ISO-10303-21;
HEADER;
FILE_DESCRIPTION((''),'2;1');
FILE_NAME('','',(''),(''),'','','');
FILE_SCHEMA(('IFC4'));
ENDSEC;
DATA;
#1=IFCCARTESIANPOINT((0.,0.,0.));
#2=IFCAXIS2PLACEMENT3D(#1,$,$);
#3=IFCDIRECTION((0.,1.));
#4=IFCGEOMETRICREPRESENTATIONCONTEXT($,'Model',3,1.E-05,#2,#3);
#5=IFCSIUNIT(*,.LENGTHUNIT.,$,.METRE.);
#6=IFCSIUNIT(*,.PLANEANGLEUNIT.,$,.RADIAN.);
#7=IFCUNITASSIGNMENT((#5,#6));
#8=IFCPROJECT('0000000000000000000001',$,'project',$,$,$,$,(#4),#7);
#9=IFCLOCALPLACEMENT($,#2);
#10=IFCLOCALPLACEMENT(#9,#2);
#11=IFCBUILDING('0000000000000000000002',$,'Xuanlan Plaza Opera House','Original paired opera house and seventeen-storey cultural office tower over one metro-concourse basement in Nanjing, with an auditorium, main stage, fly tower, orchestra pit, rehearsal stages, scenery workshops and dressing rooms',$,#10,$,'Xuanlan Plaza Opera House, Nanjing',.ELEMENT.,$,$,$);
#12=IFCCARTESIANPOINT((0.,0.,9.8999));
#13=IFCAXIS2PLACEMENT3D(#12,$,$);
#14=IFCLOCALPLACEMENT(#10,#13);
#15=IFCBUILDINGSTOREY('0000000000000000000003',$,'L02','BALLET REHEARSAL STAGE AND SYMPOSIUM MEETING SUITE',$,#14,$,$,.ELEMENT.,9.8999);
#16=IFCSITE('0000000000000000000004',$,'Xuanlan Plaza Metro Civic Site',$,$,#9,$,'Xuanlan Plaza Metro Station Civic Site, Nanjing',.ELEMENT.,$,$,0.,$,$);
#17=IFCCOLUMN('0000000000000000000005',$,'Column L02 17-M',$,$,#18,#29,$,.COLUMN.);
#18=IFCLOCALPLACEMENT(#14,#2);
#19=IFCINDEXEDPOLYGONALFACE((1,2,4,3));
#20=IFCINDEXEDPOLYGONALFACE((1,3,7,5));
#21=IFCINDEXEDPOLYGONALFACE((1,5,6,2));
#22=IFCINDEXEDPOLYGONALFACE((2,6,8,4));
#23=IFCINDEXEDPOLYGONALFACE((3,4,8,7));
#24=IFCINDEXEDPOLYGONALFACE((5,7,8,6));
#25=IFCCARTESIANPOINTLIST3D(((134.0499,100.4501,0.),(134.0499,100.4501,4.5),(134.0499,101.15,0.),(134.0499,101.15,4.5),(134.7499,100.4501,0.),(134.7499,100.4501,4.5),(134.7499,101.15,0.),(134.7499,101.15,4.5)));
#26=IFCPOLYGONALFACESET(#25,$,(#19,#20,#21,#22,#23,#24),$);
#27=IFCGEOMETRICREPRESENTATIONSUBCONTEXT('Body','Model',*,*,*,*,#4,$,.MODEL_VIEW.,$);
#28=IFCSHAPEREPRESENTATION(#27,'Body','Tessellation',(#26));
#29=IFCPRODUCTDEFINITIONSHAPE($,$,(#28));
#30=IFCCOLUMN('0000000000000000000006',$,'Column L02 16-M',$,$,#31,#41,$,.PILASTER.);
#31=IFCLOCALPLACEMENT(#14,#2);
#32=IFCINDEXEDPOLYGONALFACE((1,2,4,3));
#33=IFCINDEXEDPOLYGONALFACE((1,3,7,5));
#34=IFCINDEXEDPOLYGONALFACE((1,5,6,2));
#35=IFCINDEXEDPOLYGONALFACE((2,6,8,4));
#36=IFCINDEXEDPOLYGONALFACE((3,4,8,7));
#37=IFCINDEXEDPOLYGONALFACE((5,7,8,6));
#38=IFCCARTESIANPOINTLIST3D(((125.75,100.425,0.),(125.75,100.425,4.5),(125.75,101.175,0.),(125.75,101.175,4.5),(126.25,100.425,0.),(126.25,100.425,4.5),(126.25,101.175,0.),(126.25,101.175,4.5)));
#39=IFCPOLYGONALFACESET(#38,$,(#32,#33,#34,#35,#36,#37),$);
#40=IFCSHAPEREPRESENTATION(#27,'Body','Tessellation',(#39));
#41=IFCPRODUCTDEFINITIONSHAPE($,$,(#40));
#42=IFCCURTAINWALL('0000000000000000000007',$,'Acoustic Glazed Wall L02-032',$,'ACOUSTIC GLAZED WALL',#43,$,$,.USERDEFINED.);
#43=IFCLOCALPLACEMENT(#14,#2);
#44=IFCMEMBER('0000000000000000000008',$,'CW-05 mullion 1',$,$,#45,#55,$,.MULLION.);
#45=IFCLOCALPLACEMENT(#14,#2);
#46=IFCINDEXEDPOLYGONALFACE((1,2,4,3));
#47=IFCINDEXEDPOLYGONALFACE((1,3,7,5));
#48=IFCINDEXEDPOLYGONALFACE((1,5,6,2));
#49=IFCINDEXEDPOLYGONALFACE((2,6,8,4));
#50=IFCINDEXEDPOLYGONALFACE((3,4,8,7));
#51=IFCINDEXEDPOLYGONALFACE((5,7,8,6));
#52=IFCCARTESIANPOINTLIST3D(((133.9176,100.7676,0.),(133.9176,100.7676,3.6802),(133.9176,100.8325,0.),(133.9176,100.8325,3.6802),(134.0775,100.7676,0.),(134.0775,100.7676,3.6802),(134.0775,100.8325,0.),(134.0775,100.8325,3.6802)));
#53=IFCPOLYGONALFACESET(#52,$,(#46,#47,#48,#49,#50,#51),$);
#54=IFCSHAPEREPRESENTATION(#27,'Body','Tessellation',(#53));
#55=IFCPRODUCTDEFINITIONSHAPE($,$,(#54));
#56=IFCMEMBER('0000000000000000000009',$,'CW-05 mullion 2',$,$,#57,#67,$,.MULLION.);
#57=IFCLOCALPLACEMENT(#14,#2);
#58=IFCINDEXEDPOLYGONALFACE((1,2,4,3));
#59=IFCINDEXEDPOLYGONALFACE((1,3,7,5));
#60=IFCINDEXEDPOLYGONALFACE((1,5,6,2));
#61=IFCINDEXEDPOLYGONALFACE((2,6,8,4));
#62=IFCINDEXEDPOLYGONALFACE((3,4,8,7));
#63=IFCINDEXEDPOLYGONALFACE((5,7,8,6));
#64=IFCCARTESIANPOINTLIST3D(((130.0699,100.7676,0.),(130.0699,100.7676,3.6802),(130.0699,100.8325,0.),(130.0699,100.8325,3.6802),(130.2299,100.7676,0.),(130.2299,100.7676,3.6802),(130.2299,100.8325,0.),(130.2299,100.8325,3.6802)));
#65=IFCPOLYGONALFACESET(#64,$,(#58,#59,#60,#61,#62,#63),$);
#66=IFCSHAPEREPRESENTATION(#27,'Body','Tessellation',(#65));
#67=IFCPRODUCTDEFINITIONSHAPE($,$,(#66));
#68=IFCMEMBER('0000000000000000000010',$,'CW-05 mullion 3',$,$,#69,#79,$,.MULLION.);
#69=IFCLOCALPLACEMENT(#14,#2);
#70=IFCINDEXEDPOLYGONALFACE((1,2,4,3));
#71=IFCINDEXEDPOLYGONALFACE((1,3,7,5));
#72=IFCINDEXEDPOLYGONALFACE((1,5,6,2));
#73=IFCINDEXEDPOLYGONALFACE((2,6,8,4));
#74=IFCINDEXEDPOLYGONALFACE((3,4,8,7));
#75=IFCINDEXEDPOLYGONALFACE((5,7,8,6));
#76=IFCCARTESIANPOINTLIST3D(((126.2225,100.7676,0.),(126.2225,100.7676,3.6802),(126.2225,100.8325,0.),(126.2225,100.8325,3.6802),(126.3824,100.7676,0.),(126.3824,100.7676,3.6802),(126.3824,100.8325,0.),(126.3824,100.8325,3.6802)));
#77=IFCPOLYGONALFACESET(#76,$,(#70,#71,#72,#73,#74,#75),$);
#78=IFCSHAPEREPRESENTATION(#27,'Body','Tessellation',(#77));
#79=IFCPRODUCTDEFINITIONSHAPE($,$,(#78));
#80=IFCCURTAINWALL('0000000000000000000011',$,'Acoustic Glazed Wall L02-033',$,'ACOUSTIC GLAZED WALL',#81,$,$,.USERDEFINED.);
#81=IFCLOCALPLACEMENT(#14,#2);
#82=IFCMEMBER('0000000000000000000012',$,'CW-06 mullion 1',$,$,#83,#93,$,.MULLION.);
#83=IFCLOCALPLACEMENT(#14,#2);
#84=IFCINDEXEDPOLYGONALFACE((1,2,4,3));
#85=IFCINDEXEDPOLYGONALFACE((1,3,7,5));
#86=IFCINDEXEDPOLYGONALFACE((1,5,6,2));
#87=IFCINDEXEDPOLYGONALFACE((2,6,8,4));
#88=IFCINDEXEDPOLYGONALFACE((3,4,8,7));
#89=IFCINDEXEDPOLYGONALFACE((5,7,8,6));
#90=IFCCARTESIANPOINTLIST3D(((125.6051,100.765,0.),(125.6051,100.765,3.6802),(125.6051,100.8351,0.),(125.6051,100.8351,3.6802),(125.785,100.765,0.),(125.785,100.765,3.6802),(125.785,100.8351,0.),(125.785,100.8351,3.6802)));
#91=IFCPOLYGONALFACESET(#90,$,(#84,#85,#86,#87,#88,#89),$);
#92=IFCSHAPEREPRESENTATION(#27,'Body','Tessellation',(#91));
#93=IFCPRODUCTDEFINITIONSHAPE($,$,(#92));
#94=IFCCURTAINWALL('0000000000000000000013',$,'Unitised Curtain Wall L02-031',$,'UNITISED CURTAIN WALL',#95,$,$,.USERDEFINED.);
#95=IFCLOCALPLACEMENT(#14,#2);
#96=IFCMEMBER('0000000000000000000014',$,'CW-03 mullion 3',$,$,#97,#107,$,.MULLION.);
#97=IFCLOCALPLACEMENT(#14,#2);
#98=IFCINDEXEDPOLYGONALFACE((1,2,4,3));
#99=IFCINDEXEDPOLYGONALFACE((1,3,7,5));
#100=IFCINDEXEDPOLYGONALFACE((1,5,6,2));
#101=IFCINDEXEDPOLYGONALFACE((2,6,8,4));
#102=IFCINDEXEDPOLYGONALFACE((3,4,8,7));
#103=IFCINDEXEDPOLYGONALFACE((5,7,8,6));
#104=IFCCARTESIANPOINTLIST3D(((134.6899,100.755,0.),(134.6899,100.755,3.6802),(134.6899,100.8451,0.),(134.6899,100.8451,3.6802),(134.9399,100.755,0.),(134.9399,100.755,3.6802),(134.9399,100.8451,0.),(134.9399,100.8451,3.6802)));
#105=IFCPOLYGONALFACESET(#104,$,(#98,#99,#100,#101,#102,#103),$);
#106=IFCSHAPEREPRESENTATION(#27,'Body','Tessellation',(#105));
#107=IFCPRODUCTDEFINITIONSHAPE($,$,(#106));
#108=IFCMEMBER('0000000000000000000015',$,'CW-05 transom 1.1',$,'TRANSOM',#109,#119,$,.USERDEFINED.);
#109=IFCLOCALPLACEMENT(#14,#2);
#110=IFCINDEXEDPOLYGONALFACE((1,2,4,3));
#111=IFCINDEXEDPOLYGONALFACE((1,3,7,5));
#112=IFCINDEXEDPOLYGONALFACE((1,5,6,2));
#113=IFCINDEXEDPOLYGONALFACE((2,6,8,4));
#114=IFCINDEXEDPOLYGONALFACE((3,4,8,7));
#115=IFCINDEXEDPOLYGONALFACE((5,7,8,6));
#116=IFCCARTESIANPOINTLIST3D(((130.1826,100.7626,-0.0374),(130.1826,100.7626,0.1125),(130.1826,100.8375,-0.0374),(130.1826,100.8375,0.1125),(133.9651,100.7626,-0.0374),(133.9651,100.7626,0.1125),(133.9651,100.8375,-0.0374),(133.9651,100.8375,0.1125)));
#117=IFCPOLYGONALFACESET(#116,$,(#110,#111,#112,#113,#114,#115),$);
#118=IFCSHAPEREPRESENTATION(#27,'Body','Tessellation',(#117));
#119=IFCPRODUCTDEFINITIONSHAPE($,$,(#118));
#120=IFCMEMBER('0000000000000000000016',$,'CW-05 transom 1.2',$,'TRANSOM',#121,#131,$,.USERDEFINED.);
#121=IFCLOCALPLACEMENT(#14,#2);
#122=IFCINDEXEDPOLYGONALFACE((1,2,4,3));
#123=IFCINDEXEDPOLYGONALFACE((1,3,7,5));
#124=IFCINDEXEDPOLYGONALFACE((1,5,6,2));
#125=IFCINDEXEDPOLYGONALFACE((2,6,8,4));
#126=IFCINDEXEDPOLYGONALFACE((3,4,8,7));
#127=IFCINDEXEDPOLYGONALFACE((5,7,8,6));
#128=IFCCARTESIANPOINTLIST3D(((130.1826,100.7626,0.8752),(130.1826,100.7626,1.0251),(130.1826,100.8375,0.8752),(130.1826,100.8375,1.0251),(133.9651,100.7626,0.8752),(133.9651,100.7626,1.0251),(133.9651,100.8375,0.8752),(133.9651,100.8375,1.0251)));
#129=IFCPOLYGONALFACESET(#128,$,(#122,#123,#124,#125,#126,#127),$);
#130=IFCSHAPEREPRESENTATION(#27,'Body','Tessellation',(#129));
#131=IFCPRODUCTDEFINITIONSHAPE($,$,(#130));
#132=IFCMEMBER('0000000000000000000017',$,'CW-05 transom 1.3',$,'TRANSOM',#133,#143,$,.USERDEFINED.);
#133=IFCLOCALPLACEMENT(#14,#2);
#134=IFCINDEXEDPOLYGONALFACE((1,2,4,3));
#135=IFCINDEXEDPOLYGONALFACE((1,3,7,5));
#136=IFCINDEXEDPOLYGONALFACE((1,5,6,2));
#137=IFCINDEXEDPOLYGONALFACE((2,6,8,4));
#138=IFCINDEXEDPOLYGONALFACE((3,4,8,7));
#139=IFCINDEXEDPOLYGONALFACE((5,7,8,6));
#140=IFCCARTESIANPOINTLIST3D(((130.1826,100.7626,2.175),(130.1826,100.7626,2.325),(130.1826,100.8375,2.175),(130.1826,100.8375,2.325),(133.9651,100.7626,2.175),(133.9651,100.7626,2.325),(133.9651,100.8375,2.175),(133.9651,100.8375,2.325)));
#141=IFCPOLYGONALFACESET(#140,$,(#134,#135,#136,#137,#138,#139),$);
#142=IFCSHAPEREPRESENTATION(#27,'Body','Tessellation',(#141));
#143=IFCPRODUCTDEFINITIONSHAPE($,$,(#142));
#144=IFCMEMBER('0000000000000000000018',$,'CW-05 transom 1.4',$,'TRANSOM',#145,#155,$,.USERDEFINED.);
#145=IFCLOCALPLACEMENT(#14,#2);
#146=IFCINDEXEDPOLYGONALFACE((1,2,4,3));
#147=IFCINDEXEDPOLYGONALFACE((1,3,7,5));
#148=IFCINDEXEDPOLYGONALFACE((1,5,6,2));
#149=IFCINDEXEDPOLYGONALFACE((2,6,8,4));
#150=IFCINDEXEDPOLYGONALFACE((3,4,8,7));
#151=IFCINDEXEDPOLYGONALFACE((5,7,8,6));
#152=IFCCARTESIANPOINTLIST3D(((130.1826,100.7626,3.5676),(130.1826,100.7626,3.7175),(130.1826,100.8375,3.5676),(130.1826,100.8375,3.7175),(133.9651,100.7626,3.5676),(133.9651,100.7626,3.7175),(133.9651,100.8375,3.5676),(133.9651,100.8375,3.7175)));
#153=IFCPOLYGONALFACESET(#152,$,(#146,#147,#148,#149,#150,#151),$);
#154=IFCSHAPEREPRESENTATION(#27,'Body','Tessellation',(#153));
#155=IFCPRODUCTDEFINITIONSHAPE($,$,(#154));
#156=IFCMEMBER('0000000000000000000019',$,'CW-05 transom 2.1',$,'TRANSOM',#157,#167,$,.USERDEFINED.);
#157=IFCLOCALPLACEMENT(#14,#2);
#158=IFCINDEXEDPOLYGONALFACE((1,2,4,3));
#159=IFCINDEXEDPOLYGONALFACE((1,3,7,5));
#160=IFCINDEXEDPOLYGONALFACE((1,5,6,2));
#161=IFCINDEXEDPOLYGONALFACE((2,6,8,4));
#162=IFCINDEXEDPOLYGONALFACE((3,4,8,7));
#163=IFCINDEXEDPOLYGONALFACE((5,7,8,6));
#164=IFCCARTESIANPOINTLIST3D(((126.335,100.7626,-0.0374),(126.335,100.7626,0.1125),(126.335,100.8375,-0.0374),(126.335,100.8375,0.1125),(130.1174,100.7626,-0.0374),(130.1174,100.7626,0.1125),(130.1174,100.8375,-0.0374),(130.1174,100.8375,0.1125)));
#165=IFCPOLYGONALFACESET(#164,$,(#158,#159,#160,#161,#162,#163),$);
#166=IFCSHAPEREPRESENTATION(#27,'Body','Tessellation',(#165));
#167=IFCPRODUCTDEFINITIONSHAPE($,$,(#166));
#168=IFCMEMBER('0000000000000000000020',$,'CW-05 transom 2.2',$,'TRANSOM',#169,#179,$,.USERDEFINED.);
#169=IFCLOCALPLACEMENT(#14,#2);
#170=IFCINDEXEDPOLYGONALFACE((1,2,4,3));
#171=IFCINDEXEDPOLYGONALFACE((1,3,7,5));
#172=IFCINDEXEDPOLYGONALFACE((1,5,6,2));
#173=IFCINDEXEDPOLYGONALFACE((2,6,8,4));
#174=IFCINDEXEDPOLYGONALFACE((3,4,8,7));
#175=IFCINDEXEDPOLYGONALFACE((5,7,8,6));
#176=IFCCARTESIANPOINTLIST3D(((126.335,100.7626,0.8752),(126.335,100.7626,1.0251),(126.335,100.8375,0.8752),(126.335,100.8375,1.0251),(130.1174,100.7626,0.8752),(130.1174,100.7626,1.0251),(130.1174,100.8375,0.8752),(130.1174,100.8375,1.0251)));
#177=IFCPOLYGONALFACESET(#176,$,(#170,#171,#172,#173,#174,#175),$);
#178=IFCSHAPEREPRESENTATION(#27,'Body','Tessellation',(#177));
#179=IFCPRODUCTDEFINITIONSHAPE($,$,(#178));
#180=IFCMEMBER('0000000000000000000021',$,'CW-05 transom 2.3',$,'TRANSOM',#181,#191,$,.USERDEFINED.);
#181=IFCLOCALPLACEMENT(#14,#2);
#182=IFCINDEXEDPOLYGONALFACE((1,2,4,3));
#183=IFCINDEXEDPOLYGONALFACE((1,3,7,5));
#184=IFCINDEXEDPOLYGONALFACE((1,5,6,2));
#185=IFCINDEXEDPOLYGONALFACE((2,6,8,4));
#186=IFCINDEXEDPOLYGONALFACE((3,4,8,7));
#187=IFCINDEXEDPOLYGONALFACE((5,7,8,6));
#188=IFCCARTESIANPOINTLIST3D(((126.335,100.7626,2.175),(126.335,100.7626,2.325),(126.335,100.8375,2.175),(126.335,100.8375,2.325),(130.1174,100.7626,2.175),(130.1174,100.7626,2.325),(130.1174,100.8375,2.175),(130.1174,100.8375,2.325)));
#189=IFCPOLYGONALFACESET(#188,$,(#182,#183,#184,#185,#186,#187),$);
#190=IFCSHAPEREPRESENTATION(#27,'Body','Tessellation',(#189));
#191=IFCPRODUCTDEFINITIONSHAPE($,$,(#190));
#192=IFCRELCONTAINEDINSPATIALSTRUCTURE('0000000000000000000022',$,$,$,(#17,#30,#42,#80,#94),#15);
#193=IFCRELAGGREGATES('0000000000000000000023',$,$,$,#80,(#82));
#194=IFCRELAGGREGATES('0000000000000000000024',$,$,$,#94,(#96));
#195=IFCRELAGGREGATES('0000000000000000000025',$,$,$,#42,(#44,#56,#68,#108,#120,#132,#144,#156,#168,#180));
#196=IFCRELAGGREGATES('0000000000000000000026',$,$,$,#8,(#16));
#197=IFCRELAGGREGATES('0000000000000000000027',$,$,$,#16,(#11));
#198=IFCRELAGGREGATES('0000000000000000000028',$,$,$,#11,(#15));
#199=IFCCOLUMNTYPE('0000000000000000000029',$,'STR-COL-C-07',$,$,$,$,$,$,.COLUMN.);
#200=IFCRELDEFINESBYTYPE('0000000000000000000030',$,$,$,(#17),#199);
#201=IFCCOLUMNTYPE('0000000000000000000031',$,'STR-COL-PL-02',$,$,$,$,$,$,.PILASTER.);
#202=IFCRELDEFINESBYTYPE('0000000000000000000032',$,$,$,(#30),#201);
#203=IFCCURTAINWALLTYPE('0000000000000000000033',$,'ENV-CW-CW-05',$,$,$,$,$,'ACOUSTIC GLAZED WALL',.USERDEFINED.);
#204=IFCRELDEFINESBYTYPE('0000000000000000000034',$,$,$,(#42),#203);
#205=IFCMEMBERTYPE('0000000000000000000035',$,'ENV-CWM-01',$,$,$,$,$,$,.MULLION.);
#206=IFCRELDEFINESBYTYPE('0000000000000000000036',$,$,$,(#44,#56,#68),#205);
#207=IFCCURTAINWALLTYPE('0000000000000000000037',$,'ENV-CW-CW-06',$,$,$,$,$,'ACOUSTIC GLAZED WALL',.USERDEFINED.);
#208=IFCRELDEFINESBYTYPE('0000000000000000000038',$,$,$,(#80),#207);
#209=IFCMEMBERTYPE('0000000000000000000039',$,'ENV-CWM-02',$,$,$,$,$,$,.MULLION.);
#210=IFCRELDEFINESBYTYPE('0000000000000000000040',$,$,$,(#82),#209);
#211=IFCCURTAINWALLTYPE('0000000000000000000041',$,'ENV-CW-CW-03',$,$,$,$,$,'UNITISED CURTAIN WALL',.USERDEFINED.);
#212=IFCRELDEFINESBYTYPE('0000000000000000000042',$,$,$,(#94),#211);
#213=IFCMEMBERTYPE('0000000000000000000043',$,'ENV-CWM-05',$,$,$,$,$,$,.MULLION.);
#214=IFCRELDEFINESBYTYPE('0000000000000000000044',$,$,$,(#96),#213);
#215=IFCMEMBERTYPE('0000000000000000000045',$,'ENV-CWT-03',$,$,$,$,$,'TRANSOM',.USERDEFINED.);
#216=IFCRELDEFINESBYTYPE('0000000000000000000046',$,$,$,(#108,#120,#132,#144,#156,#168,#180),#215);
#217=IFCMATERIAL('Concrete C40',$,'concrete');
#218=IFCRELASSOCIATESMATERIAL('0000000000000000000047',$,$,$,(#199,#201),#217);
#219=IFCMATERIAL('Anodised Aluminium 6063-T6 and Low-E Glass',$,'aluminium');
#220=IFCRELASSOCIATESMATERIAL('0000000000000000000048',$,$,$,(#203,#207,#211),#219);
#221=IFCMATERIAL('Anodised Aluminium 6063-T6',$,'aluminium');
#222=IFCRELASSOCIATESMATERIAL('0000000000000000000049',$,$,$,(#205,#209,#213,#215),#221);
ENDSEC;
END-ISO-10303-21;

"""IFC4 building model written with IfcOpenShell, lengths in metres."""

from ifc_helpers import new_model, si_unit, direction, frame, origin, origin_2d, place, context, subcontext, project, spatial, rectangle, extrude, material, material_profile, profile_set, type_object, element, aggregate, save


model = new_model("IFC4")

# Units and contexts
model_context = context("Model", 3, precision=1e-05, world=origin(), true_north=direction((0.0, 1.0)))
body_context = subcontext(model_context, "Body", "Model", "MODEL_VIEW")
ifc_project = project(units=[si_unit("LENGTHUNIT", "METRE"), si_unit("PLANEANGLEUNIT", "RADIAN")], contexts=[model_context])

# Site, building, storey
site_placement = place(None, origin())
site = spatial("IfcSite", under=ifc_project, at=site_placement, Name="Xuanlan Plaza Metro Civic Site", LongName="Xuanlan Plaza Metro Station Civic Site, Nanjing", CompositionType="ELEMENT", RefElevation=0.0)
building_placement = place(site_placement, origin())
building = spatial("IfcBuilding", under=site, at=building_placement, Name="Xuanlan Plaza Opera House", Description="Original paired opera house and seventeen-storey cultural office tower over one metro-concourse basement in Nanjing, with an auditorium, main stage, fly tower, orchestra pit, rehearsal stages, scenery workshops and dressing rooms", LongName="Xuanlan Plaza Opera House, Nanjing", CompositionType="ELEMENT")
storey_placement = place(building_placement, frame((0.0, 0.0, 9.8999)))
storey = spatial("IfcBuildingStorey", under=building, at=storey_placement, Name="L02", Description="BALLET REHEARSAL STAGE AND SYMPOSIUM MEETING SUITE", CompositionType="ELEMENT", Elevation=9.8999)

# Columns
ifc_material_1 = material(Name="Concrete C40", Category="concrete")
ifc_material_profile_1 = material_profile(ifc_material_1, rectangle(XDim=0.7, YDim=0.7, at=origin_2d()), Name="RC-COL 700x700")
ifc_profile_set_1 = profile_set([ifc_material_profile_1], Name="Concrete C40")
column_type_1 = type_object("IfcColumnType", Name="STR-COL-C-07", PredefinedType="COLUMN", material=ifc_profile_set_1)
column_1_placement = place(storey_placement, frame((134.3999, 100.8, 0.0), z_axis=(0.0, 0.0, 1.0), x_axis=(1.0, 0.0, 0.0)))
element("IfcColumn", 1, at=column_1_placement, inside=storey, type_object=column_type_1, Name="Column L02 17-M", PredefinedType="COLUMN", context=body_context, shape_type="SweptSolid", body=[
    extrude(rectangle(XDim=0.7, YDim=0.7, at=origin_2d()), origin(), (0.0, 0.0, 1.0), 4.5),
])
ifc_material_profile_2 = material_profile(ifc_material_1, rectangle(XDim=0.5, YDim=0.75, at=origin_2d()), Name="RC-PIL 500x750")
ifc_profile_set_2 = profile_set([ifc_material_profile_2], Name="Concrete C40")
column_type_2 = type_object("IfcColumnType", Name="STR-COL-PL-02", PredefinedType="PILASTER", material=ifc_profile_set_2)
column_2_placement = place(storey_placement, frame((126.0, 100.8, 0.0), z_axis=(0.0, 0.0, 1.0), x_axis=(1.0, 0.0, 0.0)))
element("IfcColumn", 2, at=column_2_placement, inside=storey, type_object=column_type_2, Name="Column L02 16-M", PredefinedType="PILASTER", context=body_context, shape_type="SweptSolid", body=[
    extrude(rectangle(XDim=0.5, YDim=0.75, at=origin_2d()), origin(), (0.0, 0.0, 1.0), 4.5),
])

# Curtain wall, members
ifc_material_2 = material(Name="Anodised Aluminium 6063-T6 and Low-E Glass", Category="aluminium")
curtain_wall_type_1 = type_object("IfcCurtainWallType", Name="ENV-CW-CW-05", ElementType="ACOUSTIC GLAZED WALL", PredefinedType="USERDEFINED", material=ifc_material_2)
curtain_wall_1_placement = place(storey_placement, origin())
curtain_wall_1 = element("IfcCurtainWall", 3, at=curtain_wall_1_placement, inside=storey, type_object=curtain_wall_type_1, Name="Acoustic Glazed Wall L02-032", ObjectType="ACOUSTIC GLAZED WALL", PredefinedType="USERDEFINED")
ifc_material_3 = material(Name="Anodised Aluminium 6063-T6", Category="aluminium")
ifc_material_profile_3 = material_profile(ifc_material_3, rectangle(XDim=0.0649, YDim=0.1599, at=origin_2d()), Name="ALU-M 65x160")
ifc_profile_set_3 = profile_set([ifc_material_profile_3], Name="Anodised Aluminium 6063-T6")
member_type_1 = type_object("IfcMemberType", Name="ENV-CWM-01", PredefinedType="MULLION", material=ifc_profile_set_3)
member_1_placement = place(storey_placement, frame((133.9976, 100.8, 0.0), z_axis=(0.0, 0.0, 1.0), x_axis=(0.0, -1.0, 0.0)))
member_1 = element("IfcMember", 4, at=member_1_placement, type_object=member_type_1, Name="CW-05 mullion 1", PredefinedType="MULLION", context=body_context, shape_type="SweptSolid", body=[
    extrude(rectangle(XDim=0.0649, YDim=0.1599, at=origin_2d()), origin(), (0.0, 0.0, 1.0), 3.6802),
])
member_2_placement = place(storey_placement, frame((130.1499, 100.8, 0.0), z_axis=(0.0, 0.0, 1.0), x_axis=(0.0, -1.0, 0.0)))
member_2 = element("IfcMember", 5, at=member_2_placement, type_object=member_type_1, Name="CW-05 mullion 2", PredefinedType="MULLION", context=body_context, shape_type="SweptSolid", body=[
    extrude(rectangle(XDim=0.0649, YDim=0.1599, at=origin_2d()), origin(), (0.0, 0.0, 1.0), 3.6802),
])
member_3_placement = place(storey_placement, frame((126.3025, 100.8, 0.0), z_axis=(0.0, 0.0, 1.0), x_axis=(0.0, -1.0, 0.0)))
member_3 = element("IfcMember", 6, at=member_3_placement, type_object=member_type_1, Name="CW-05 mullion 3", PredefinedType="MULLION", context=body_context, shape_type="SweptSolid", body=[
    extrude(rectangle(XDim=0.0649, YDim=0.1599, at=origin_2d()), origin(), (0.0, 0.0, 1.0), 3.6802),
])

# Curtain walls, members
curtain_wall_type_2 = type_object("IfcCurtainWallType", Name="ENV-CW-CW-06", ElementType="ACOUSTIC GLAZED WALL", PredefinedType="USERDEFINED", material=ifc_material_2)
curtain_wall_2_placement = place(storey_placement, origin())
curtain_wall_2 = element("IfcCurtainWall", 7, at=curtain_wall_2_placement, inside=storey, type_object=curtain_wall_type_2, Name="Acoustic Glazed Wall L02-033", ObjectType="ACOUSTIC GLAZED WALL", PredefinedType="USERDEFINED")
ifc_material_profile_4 = material_profile(ifc_material_3, rectangle(XDim=0.0701, YDim=0.1799, at=origin_2d()), Name="ALU-M 70x180")
ifc_profile_set_4 = profile_set([ifc_material_profile_4], Name="Anodised Aluminium 6063-T6")
member_type_2 = type_object("IfcMemberType", Name="ENV-CWM-02", PredefinedType="MULLION", material=ifc_profile_set_4)
member_4_placement = place(storey_placement, frame((125.6951, 100.8, 0.0), z_axis=(0.0, 0.0, 1.0), x_axis=(0.0, -1.0, 0.0)))
member_4 = element("IfcMember", 8, at=member_4_placement, type_object=member_type_2, Name="CW-06 mullion 1", PredefinedType="MULLION", context=body_context, shape_type="SweptSolid", body=[
    extrude(rectangle(XDim=0.0701, YDim=0.1799, at=origin_2d()), origin(), (0.0, 0.0, 1.0), 3.6802),
])
curtain_wall_type_3 = type_object("IfcCurtainWallType", Name="ENV-CW-CW-03", ElementType="UNITISED CURTAIN WALL", PredefinedType="USERDEFINED", material=ifc_material_2)
curtain_wall_3_placement = place(storey_placement, origin())
curtain_wall_3 = element("IfcCurtainWall", 9, at=curtain_wall_3_placement, inside=storey, type_object=curtain_wall_type_3, Name="Unitised Curtain Wall L02-031", ObjectType="UNITISED CURTAIN WALL", PredefinedType="USERDEFINED")
ifc_material_profile_5 = material_profile(ifc_material_3, rectangle(XDim=0.0901, YDim=0.25, at=origin_2d()), Name="ALU-M 90x250")
ifc_profile_set_5 = profile_set([ifc_material_profile_5], Name="Anodised Aluminium 6063-T6")
member_type_3 = type_object("IfcMemberType", Name="ENV-CWM-05", PredefinedType="MULLION", material=ifc_profile_set_5)
member_5_placement = place(storey_placement, frame((134.8149, 100.8, 0.0), z_axis=(0.0, 0.0, 1.0), x_axis=(0.0, -1.0, 0.0)))
member_5 = element("IfcMember", 10, at=member_5_placement, type_object=member_type_3, Name="CW-03 mullion 3", PredefinedType="MULLION", context=body_context, shape_type="SweptSolid", body=[
    extrude(rectangle(XDim=0.0901, YDim=0.25, at=origin_2d()), origin(), (0.0, 0.0, 1.0), 3.6802),
])

# Members
ifc_material_profile_6 = material_profile(ifc_material_3, rectangle(XDim=0.075, YDim=0.1499, at=origin_2d()), Name="ALU-T 75x150")
ifc_profile_set_6 = profile_set([ifc_material_profile_6], Name="Anodised Aluminium 6063-T6")
member_type_4 = type_object("IfcMemberType", Name="ENV-CWT-03", ElementType="TRANSOM", PredefinedType="USERDEFINED", material=ifc_profile_set_6)
member_6_placement = place(storey_placement, frame((133.9651, 100.8, 0.0376), z_axis=(-1.0, 0.0, 0.0), x_axis=(0.0, -1.0, 0.0)))
member_6 = element("IfcMember", 11, at=member_6_placement, type_object=member_type_4, Name="CW-05 transom 1.1", ObjectType="TRANSOM", PredefinedType="USERDEFINED", context=body_context, shape_type="SweptSolid", body=[
    extrude(rectangle(XDim=0.075, YDim=0.1499, at=origin_2d()), origin(), (0.0, 0.0, 1.0), 3.7825),
])
member_7_placement = place(storey_placement, frame((133.9651, 100.8, 0.9502), z_axis=(-1.0, 0.0, 0.0), x_axis=(0.0, -1.0, 0.0)))
member_7 = element("IfcMember", 12, at=member_7_placement, type_object=member_type_4, Name="CW-05 transom 1.2", ObjectType="TRANSOM", PredefinedType="USERDEFINED", context=body_context, shape_type="SweptSolid", body=[
    extrude(rectangle(XDim=0.075, YDim=0.1499, at=origin_2d()), origin(), (0.0, 0.0, 1.0), 3.7825),
])
member_8_placement = place(storey_placement, frame((133.9651, 100.8, 2.25), z_axis=(-1.0, 0.0, 0.0), x_axis=(0.0, -1.0, 0.0)))
member_8 = element("IfcMember", 13, at=member_8_placement, type_object=member_type_4, Name="CW-05 transom 1.3", ObjectType="TRANSOM", PredefinedType="USERDEFINED", context=body_context, shape_type="SweptSolid", body=[
    extrude(rectangle(XDim=0.075, YDim=0.1499, at=origin_2d()), origin(), (0.0, 0.0, 1.0), 3.7825),
])
member_9_placement = place(storey_placement, frame((133.9651, 100.8, 3.6426), z_axis=(-1.0, 0.0, 0.0), x_axis=(0.0, -1.0, 0.0)))
member_9 = element("IfcMember", 14, at=member_9_placement, type_object=member_type_4, Name="CW-05 transom 1.4", ObjectType="TRANSOM", PredefinedType="USERDEFINED", context=body_context, shape_type="SweptSolid", body=[
    extrude(rectangle(XDim=0.075, YDim=0.1499, at=origin_2d()), origin(), (0.0, 0.0, 1.0), 3.7825),
])
member_10_placement = place(storey_placement, frame((130.1174, 100.8, 0.0376), z_axis=(-1.0, 0.0, 0.0), x_axis=(0.0, -1.0, 0.0)))
member_10 = element("IfcMember", 15, at=member_10_placement, type_object=member_type_4, Name="CW-05 transom 2.1", ObjectType="TRANSOM", PredefinedType="USERDEFINED", context=body_context, shape_type="SweptSolid", body=[
    extrude(rectangle(XDim=0.075, YDim=0.1499, at=origin_2d()), origin(), (0.0, 0.0, 1.0), 3.7825),
])
member_11_placement = place(storey_placement, frame((130.1174, 100.8, 0.9502), z_axis=(-1.0, 0.0, 0.0), x_axis=(0.0, -1.0, 0.0)))
member_11 = element("IfcMember", 16, at=member_11_placement, type_object=member_type_4, Name="CW-05 transom 2.2", ObjectType="TRANSOM", PredefinedType="USERDEFINED", context=body_context, shape_type="SweptSolid", body=[
    extrude(rectangle(XDim=0.075, YDim=0.1499, at=origin_2d()), origin(), (0.0, 0.0, 1.0), 3.7825),
])
member_12_placement = place(storey_placement, frame((130.1174, 100.8, 2.25), z_axis=(-1.0, 0.0, 0.0), x_axis=(0.0, -1.0, 0.0)))
member_12 = element("IfcMember", 17, at=member_12_placement, type_object=member_type_4, Name="CW-05 transom 2.3", ObjectType="TRANSOM", PredefinedType="USERDEFINED", context=body_context, shape_type="SweptSolid", body=[
    extrude(rectangle(XDim=0.075, YDim=0.1499, at=origin_2d()), origin(), (0.0, 0.0, 1.0), 3.7825),
])
aggregate(curtain_wall_2, [member_4])

aggregate(curtain_wall_3, [member_5])
aggregate(curtain_wall_1, [member_1, member_2, member_3, member_6, member_7, member_8, member_9, member_10, member_11, member_12])

save(model, "model.ifc")
